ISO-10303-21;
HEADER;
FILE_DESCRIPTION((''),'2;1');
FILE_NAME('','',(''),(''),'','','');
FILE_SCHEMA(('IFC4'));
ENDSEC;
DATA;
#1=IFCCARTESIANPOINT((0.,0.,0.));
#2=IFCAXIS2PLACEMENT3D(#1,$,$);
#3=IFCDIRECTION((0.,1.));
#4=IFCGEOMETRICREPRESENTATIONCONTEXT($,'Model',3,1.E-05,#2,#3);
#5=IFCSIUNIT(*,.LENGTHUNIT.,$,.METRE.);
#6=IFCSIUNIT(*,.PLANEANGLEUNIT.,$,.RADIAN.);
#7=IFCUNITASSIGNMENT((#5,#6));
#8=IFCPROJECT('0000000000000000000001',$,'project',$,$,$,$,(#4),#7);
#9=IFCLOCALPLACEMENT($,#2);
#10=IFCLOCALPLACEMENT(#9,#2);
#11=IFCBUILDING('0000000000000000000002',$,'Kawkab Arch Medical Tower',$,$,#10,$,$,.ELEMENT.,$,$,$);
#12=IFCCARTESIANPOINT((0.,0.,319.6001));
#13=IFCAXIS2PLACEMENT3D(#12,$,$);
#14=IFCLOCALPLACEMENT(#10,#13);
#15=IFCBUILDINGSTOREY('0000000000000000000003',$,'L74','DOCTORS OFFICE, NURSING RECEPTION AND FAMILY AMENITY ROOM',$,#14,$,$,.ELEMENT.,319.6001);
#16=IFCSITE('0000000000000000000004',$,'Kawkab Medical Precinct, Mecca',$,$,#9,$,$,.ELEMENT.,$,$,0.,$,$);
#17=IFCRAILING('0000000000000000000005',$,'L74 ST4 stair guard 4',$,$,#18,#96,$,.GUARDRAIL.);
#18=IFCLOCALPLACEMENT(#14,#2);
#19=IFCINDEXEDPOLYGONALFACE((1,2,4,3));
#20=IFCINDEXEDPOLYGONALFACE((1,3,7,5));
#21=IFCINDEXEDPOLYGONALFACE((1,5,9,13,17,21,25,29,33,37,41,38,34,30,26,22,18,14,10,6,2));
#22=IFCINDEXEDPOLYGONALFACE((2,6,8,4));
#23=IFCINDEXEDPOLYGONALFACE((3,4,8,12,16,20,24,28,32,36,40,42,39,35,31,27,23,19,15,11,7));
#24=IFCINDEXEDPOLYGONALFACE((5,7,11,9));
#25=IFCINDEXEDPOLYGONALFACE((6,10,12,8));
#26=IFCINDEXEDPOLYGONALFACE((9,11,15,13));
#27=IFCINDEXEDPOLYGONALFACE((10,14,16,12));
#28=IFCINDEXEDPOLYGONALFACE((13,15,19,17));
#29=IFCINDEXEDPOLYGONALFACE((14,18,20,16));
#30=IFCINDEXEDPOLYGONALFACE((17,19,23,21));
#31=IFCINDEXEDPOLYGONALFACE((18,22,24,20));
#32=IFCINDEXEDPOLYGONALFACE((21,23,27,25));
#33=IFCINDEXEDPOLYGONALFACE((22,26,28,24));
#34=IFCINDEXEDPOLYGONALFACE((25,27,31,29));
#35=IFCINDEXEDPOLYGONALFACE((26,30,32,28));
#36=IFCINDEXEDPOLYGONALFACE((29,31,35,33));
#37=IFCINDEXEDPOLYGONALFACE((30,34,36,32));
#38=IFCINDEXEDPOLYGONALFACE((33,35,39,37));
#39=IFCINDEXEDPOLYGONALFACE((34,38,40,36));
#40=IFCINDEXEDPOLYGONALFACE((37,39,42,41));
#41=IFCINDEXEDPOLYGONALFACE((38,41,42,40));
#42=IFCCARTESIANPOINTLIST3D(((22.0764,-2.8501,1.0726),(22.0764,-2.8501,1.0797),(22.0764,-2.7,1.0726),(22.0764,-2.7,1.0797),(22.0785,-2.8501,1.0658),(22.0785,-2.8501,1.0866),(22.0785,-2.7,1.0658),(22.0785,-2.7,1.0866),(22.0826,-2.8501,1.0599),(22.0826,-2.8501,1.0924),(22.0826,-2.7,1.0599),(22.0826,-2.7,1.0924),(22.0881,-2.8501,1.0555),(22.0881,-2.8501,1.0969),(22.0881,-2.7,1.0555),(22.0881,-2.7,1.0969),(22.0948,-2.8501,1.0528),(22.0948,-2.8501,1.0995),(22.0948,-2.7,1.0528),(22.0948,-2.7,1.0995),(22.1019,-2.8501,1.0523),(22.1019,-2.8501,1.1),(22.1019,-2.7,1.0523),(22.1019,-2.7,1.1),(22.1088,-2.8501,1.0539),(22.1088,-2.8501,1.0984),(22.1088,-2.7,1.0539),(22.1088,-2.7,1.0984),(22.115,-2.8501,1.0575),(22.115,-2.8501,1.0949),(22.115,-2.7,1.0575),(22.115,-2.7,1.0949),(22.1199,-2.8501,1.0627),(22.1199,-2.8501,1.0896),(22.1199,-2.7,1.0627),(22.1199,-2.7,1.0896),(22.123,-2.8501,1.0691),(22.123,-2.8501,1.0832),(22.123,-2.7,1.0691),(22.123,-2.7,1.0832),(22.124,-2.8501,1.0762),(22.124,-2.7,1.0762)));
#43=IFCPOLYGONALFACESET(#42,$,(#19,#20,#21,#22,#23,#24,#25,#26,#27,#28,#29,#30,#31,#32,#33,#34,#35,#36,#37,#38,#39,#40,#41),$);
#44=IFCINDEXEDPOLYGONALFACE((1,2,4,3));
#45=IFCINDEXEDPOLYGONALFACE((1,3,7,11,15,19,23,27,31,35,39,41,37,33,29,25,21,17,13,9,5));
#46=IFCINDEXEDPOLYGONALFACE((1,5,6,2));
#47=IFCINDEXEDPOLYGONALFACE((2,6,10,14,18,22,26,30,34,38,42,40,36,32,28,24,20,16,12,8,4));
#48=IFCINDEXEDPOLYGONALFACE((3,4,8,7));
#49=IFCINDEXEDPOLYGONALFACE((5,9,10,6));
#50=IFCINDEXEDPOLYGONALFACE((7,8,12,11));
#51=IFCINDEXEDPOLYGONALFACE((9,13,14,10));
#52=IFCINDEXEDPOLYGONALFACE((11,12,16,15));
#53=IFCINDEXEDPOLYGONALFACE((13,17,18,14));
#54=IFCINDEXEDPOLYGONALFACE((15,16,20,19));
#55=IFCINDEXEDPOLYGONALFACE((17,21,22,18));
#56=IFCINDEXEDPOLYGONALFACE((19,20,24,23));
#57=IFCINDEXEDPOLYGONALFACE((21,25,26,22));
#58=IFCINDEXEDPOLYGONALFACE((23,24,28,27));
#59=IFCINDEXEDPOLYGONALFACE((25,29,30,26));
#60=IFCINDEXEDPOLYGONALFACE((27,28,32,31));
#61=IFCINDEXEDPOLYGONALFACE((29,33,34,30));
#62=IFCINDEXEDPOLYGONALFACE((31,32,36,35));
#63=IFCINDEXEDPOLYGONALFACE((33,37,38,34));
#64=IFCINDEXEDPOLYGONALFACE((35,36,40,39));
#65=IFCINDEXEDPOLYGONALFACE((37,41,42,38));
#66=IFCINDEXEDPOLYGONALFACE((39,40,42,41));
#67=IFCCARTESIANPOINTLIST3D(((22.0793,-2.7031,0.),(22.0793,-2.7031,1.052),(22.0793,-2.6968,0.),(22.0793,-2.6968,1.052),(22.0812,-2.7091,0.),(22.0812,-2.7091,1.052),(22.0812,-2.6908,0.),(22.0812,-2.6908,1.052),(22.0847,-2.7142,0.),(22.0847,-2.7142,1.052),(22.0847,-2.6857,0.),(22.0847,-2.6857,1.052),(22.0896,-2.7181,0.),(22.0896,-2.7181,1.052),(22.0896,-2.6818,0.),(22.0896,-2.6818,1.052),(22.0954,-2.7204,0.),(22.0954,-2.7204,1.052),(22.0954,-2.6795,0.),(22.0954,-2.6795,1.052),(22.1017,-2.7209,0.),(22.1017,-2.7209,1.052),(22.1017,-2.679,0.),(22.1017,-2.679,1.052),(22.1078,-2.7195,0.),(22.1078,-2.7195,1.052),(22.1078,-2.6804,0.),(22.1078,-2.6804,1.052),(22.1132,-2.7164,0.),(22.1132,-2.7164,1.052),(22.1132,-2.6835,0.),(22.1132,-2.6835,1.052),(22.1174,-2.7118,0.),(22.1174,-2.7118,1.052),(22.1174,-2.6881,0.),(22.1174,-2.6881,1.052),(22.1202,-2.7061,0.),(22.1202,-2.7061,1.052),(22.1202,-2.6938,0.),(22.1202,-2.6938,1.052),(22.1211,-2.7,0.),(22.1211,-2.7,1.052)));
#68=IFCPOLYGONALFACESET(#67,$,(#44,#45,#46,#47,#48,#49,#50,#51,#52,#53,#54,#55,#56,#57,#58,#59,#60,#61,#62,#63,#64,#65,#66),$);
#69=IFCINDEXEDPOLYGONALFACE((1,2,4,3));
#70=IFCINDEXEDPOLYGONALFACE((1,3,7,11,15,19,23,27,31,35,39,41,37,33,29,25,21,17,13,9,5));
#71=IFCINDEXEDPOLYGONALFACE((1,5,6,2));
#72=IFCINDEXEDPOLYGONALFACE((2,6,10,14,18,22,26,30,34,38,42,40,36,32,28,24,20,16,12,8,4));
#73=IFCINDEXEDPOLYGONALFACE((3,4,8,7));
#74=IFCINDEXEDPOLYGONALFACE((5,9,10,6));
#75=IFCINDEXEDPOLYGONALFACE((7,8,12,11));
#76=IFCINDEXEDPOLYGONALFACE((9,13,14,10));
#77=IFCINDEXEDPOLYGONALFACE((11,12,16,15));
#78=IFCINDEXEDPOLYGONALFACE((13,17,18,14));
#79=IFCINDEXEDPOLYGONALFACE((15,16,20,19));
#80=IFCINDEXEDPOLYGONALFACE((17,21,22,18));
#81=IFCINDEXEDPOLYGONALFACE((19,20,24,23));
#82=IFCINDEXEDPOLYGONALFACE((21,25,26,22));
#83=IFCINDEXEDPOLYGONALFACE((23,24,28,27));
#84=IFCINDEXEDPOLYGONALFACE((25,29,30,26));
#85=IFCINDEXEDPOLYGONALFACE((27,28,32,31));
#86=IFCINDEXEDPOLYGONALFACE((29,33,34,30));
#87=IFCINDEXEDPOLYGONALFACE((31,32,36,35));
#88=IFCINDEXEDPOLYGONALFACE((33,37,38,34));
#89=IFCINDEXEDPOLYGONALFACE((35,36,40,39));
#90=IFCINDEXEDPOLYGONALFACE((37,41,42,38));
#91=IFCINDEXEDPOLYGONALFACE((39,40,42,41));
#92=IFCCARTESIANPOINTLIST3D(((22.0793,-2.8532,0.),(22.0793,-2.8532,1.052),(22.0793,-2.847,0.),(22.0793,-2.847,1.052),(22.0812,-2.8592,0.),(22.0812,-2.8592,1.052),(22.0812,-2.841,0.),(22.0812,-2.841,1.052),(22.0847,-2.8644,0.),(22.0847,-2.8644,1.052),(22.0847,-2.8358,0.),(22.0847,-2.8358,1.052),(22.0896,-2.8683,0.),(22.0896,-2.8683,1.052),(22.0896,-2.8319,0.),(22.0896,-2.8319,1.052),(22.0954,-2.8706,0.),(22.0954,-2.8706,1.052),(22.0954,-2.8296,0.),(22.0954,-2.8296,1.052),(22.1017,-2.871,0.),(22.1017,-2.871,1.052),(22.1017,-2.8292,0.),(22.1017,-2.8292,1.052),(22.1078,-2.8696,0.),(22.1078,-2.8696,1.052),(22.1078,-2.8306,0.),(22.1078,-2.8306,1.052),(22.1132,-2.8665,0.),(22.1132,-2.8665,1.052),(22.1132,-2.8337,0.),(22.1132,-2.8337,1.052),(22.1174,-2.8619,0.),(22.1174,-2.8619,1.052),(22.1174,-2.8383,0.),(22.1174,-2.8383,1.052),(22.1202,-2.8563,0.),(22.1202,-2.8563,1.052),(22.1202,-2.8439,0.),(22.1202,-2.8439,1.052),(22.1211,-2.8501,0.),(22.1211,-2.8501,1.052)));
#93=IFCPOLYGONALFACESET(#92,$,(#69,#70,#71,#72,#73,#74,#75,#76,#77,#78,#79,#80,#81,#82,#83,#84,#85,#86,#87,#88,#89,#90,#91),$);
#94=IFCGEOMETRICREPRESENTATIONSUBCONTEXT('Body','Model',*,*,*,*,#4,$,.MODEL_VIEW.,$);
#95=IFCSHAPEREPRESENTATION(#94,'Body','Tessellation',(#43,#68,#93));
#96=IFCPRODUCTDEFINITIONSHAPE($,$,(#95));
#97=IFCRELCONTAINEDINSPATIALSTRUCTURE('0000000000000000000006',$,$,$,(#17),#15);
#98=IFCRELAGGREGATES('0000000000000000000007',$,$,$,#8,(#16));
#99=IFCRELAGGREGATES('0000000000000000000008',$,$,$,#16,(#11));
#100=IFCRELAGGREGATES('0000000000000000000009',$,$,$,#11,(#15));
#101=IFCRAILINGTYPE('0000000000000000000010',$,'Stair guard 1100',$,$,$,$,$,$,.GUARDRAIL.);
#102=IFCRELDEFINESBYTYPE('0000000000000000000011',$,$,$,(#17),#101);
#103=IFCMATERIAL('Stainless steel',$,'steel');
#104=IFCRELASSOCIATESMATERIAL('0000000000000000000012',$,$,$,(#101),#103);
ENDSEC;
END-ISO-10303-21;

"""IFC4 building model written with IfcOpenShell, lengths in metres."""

from ifc_helpers import new_model, si_unit, direction, frame, origin, origin_2d, place, context, subcontext, project, spatial, circle, extrude, material, type_object, element, save


model = new_model("IFC4")

# Units and contexts
model_context = context("Model", 3, precision=1e-05, world=origin(), true_north=direction((0.0, 1.0)))
body_context = subcontext(model_context, "Body", "Model", "MODEL_VIEW")
ifc_project = project(units=[si_unit("LENGTHUNIT", "METRE"), si_unit("PLANEANGLEUNIT", "RADIAN")], contexts=[model_context])

# Site, building, storey
site_placement = place(None, origin())
site = spatial("IfcSite", under=ifc_project, at=site_placement, Name="Kawkab Medical Precinct, Mecca", CompositionType="ELEMENT", RefElevation=0.0)
building_placement = place(site_placement, origin())
building = spatial("IfcBuilding", under=site, at=building_placement, Name="Kawkab Arch Medical Tower", CompositionType="ELEMENT")
storey_placement = place(building_placement, frame((0.0, 0.0, 319.6001)))
storey = spatial("IfcBuildingStorey", under=building, at=storey_placement, Name="L74", Description="DOCTORS OFFICE, NURSING RECEPTION AND FAMILY AMENITY ROOM", CompositionType="ELEMENT", Elevation=319.6001)

# Railing
ifc_material_1 = material(Name="Stainless steel", Category="steel")
railing_type_1 = type_object("IfcRailingType", Name="Stair guard 1100", PredefinedType="GUARDRAIL", material=ifc_material_1)
railing_1_placement = place(storey_placement, frame((22.1001, -2.7, 0.0)))
element("IfcRailing", 1, at=railing_1_placement, inside=storey, type_object=railing_type_1, Name="L74 ST4 stair guard 4", PredefinedType="GUARDRAIL", context=body_context, shape_type="SweptSolid", body=[
    extrude(circle(Radius=0.0239, at=origin_2d()), frame((0.0, 0.0, 1.0762), z_axis=(0.0, -1.0, 0.0), x_axis=(1.0, 0.0, 0.0)), (0.0, 0.0, 1.0), 0.1501),
    extrude(circle(Radius=0.021, at=origin_2d()), origin(), (0.0, 0.0, 1.0), 1.052),
    extrude(circle(Radius=0.021, at=origin_2d()), frame((0.0, -0.1501, 0.0)), (0.0, 0.0, 1.0), 1.052),
])

save(model, "model.ifc")
